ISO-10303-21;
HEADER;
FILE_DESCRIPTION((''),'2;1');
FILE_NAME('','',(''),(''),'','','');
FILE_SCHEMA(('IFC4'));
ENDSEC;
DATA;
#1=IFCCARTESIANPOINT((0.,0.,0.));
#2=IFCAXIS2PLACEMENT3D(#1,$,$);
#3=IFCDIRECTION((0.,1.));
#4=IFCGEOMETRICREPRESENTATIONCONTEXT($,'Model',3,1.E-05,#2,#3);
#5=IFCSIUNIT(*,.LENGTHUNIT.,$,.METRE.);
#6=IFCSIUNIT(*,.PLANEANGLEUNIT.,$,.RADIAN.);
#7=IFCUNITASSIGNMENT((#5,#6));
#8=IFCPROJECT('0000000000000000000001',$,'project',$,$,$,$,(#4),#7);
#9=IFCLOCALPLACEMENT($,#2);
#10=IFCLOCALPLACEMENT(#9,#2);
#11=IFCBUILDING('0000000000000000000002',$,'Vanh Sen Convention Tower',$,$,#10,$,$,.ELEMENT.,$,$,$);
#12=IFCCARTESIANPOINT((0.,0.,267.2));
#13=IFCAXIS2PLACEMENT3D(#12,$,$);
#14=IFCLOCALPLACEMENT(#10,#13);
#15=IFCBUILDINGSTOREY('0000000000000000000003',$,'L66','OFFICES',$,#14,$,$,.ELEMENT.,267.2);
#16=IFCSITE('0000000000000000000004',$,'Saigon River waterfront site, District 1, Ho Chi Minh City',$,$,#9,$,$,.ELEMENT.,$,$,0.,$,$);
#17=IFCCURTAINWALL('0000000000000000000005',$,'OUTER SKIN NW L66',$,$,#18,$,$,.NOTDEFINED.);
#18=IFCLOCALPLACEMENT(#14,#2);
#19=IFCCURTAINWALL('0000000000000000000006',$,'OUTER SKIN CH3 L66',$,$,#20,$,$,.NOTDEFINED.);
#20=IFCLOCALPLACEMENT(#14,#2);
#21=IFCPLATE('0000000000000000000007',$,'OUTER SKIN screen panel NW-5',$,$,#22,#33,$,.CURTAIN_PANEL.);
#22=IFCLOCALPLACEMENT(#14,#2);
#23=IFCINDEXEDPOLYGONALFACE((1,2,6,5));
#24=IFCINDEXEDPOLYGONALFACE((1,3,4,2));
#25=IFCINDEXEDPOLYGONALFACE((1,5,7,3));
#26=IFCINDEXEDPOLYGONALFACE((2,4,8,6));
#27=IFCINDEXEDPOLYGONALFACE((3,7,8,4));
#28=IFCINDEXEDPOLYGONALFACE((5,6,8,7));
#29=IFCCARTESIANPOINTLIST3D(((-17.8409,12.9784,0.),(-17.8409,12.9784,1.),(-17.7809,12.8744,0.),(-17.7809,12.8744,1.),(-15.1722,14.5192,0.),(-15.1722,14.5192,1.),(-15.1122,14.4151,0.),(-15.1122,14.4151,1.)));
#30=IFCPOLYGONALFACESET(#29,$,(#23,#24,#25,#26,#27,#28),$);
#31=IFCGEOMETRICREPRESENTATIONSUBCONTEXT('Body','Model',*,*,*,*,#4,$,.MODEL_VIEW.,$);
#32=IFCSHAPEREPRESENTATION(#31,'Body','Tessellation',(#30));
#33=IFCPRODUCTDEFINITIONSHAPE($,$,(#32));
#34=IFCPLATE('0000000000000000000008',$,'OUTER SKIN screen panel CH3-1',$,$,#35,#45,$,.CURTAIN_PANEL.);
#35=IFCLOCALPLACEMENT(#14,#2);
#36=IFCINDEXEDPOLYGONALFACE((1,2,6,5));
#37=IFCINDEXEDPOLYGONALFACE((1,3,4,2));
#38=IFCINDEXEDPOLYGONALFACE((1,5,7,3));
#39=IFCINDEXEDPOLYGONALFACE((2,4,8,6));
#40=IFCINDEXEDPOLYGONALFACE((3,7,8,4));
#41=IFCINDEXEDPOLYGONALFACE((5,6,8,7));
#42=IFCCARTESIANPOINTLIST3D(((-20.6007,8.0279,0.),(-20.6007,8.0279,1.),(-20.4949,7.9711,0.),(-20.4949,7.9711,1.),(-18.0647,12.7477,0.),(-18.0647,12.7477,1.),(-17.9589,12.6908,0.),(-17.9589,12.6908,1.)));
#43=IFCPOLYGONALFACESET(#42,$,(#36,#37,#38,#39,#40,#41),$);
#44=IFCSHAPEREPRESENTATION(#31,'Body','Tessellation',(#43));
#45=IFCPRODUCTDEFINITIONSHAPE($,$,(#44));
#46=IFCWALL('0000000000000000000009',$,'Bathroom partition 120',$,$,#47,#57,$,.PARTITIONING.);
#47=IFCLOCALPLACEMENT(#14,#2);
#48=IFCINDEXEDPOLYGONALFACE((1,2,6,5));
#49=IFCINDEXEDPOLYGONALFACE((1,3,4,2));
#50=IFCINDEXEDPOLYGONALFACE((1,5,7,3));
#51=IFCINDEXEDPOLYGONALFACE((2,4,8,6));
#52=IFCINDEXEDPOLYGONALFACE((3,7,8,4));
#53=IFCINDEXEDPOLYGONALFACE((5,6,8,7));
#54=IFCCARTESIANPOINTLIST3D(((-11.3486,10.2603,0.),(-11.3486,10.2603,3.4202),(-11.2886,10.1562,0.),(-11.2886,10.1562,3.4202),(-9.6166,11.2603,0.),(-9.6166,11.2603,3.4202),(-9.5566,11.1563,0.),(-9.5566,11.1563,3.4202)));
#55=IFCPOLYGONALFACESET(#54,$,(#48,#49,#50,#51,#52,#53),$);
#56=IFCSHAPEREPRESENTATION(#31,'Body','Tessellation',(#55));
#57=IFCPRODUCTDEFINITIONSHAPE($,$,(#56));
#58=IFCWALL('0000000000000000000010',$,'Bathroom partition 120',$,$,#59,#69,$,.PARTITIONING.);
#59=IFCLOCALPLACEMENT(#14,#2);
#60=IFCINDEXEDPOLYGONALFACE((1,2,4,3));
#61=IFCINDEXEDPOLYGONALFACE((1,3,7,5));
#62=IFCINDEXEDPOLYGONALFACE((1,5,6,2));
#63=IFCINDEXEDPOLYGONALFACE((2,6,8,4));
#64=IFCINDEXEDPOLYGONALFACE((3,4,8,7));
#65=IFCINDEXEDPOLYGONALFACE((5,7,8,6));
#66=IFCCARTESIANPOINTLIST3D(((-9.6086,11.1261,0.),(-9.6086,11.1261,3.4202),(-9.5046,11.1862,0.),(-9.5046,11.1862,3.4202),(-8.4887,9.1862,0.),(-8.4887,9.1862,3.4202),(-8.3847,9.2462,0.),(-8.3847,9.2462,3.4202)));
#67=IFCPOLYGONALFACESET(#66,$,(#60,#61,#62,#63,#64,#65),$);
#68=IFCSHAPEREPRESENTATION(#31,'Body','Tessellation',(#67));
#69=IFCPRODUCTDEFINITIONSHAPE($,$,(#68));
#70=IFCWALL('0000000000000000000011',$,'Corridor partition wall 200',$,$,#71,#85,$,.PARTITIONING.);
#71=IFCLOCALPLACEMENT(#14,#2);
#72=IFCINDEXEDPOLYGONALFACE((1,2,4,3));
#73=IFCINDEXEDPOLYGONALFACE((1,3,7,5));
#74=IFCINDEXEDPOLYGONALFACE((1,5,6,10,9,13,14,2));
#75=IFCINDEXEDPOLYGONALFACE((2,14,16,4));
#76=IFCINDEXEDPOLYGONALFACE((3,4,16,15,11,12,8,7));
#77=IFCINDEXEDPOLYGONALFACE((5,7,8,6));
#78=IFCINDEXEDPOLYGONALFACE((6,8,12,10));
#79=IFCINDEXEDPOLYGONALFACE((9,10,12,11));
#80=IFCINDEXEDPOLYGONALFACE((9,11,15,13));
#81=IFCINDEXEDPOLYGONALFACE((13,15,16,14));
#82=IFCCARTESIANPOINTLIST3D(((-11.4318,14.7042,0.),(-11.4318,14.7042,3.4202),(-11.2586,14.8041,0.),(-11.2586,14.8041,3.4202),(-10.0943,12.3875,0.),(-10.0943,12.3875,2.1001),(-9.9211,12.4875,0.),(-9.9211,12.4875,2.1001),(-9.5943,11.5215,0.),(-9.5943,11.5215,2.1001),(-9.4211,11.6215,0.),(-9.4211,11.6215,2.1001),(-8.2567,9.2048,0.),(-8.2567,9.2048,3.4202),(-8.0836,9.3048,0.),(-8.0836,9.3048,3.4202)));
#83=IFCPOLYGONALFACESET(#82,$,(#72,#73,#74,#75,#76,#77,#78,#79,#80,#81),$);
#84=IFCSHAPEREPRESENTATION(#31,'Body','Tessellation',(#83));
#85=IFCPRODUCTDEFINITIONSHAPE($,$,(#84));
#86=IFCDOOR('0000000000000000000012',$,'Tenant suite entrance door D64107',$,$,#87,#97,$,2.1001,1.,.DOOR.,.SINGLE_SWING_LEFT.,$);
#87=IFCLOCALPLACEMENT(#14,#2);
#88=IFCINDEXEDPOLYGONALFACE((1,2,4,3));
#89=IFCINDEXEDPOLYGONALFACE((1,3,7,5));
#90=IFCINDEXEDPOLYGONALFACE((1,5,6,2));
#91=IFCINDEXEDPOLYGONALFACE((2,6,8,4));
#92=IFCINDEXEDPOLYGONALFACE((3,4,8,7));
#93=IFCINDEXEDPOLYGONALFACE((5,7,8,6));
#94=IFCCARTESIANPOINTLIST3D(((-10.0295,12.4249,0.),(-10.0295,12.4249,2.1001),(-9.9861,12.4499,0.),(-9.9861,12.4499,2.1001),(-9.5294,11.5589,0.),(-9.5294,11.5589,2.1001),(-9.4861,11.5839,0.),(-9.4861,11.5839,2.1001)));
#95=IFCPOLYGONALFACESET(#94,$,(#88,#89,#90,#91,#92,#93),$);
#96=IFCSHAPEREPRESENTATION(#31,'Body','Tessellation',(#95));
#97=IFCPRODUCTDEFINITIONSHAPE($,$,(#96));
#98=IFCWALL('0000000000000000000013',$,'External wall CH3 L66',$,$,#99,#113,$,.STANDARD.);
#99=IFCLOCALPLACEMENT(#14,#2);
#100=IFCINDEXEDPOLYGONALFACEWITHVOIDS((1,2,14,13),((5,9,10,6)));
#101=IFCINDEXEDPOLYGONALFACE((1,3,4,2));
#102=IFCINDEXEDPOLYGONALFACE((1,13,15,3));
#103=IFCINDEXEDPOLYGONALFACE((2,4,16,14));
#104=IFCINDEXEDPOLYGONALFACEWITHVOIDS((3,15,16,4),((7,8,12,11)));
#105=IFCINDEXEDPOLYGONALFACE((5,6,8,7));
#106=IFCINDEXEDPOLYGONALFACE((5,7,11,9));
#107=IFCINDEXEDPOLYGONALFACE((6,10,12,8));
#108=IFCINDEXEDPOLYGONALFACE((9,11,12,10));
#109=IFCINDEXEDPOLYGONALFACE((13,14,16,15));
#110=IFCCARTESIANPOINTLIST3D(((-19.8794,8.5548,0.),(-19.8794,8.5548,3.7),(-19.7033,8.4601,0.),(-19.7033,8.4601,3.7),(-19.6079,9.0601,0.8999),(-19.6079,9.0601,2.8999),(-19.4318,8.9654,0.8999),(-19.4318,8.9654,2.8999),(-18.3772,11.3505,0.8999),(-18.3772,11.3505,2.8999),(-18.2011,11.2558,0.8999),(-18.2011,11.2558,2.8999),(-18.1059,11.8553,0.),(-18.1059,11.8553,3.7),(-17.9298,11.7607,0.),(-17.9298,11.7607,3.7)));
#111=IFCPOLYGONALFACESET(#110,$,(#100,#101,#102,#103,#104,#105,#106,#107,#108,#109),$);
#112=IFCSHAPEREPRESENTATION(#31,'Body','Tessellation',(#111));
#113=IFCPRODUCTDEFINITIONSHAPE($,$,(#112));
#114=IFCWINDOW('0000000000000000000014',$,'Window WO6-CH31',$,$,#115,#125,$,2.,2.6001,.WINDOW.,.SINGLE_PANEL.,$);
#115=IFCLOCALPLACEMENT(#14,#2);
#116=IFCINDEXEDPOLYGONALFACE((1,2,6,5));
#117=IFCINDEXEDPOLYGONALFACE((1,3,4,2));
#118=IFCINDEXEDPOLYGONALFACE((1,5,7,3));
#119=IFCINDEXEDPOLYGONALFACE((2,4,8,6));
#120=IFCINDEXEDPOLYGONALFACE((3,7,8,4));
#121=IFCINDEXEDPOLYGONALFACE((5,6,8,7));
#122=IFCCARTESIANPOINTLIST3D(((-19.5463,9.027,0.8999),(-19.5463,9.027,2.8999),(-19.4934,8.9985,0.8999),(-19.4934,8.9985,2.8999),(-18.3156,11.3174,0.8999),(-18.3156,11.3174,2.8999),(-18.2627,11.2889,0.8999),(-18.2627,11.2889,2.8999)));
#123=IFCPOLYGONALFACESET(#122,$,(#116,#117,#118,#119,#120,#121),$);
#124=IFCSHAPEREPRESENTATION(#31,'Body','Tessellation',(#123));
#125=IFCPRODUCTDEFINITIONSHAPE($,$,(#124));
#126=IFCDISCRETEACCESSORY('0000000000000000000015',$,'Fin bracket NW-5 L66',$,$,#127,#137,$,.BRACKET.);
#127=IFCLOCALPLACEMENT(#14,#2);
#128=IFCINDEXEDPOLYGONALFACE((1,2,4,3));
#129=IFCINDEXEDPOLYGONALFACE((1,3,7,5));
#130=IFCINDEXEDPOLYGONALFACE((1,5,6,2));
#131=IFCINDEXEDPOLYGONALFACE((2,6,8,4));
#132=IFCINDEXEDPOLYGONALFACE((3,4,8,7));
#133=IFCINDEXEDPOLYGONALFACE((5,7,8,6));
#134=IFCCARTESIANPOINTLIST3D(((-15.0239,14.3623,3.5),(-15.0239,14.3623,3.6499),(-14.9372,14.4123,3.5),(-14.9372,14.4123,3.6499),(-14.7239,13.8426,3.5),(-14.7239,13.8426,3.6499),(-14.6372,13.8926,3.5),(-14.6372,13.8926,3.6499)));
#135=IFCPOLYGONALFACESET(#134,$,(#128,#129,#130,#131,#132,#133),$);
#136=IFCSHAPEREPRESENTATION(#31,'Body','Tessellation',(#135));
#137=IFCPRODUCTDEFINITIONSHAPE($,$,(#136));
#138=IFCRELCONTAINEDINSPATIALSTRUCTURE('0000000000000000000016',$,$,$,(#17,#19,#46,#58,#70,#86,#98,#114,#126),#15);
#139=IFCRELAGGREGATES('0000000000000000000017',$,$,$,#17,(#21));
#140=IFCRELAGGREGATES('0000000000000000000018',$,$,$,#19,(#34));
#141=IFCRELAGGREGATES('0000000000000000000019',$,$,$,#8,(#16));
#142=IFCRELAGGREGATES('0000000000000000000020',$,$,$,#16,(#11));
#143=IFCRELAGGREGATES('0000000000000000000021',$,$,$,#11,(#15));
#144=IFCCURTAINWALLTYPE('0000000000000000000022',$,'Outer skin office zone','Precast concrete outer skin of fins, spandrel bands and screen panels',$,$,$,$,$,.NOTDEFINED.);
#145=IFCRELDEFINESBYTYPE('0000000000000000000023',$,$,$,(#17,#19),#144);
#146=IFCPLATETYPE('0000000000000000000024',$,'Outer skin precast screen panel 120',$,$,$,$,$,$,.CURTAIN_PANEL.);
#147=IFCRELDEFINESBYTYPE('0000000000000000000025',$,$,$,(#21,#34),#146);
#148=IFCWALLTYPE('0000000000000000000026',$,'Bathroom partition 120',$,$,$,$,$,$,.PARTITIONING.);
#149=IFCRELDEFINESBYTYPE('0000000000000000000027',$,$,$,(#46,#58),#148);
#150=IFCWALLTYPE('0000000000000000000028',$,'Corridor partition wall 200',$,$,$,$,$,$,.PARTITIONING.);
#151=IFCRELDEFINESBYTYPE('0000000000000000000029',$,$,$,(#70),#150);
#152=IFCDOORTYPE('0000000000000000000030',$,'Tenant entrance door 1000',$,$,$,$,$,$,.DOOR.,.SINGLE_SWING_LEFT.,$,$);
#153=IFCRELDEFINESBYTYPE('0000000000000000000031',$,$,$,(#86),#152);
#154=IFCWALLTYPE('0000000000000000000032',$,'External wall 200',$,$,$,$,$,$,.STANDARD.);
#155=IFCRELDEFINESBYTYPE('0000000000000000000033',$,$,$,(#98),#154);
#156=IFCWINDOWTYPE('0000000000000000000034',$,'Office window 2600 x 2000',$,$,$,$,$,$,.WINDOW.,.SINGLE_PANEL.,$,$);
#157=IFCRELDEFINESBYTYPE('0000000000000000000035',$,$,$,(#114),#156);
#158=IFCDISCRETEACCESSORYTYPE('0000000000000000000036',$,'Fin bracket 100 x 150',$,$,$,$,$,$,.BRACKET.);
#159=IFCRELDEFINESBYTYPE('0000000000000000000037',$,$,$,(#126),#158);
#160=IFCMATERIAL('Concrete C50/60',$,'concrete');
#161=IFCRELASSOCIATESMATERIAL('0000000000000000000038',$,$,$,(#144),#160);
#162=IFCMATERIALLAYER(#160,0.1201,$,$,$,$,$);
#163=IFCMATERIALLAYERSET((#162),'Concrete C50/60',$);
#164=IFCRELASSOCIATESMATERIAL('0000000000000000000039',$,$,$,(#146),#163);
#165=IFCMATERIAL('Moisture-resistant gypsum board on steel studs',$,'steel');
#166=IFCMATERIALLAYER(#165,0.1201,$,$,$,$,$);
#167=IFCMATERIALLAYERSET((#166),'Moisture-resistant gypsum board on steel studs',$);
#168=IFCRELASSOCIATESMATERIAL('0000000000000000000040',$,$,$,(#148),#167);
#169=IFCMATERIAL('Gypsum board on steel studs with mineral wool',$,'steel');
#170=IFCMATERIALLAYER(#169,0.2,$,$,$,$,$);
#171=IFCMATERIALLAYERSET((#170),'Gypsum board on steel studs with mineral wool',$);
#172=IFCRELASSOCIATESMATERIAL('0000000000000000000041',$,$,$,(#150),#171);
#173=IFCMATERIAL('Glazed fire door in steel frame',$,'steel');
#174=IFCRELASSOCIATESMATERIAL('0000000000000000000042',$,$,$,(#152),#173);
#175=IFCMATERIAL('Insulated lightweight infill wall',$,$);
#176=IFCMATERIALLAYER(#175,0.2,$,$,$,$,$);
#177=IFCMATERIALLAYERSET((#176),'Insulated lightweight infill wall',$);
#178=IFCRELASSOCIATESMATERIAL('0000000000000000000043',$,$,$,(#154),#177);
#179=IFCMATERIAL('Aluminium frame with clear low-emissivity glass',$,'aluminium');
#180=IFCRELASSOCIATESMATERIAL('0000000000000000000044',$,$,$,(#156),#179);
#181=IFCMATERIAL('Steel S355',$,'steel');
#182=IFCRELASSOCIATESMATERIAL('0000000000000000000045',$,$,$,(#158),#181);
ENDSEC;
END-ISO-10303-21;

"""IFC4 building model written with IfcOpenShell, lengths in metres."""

from ifc_helpers import new_model, si_unit, direction, frame, frame_2d, origin, origin_2d, place, context, subcontext, project, spatial, rectangle, extrude, material, layer, layer_set, type_object, element, fill, aggregate, save


model = new_model("IFC4")

# Units and contexts
model_context = context("Model", 3, precision=1e-05, world=origin(), true_north=direction((0.0, 1.0)))
body_context = subcontext(model_context, "Body", "Model", "MODEL_VIEW")
ifc_project = project(units=[si_unit("LENGTHUNIT", "METRE"), si_unit("PLANEANGLEUNIT", "RADIAN")], contexts=[model_context])

# Site, building, storey
site_placement = place(None, origin())
site = spatial("IfcSite", under=ifc_project, at=site_placement, Name="Saigon River waterfront site, District 1, Ho Chi Minh City", CompositionType="ELEMENT", RefElevation=0.0)
building_placement = place(site_placement, origin())
building = spatial("IfcBuilding", under=site, at=building_placement, Name="Vanh Sen Convention Tower", CompositionType="ELEMENT")
storey_placement = place(building_placement, frame((0.0, 0.0, 267.2)))
storey = spatial("IfcBuildingStorey", under=building, at=storey_placement, Name="L66", Description="OFFICES", CompositionType="ELEMENT", Elevation=267.2)

# Curtain wall
ifc_material_1 = material(Name="Concrete C50/60", Category="concrete")
curtain_wall_type = type_object("IfcCurtainWallType", Name="Outer skin office zone", Description="Precast concrete outer skin of fins, spandrel bands and screen panels", PredefinedType="NOTDEFINED", material=ifc_material_1)
curtain_wall_1_placement = place(storey_placement, origin())
curtain_wall_1 = element("IfcCurtainWall", 1, at=curtain_wall_1_placement, inside=storey, type_object=curtain_wall_type, Name="OUTER SKIN NW L66", PredefinedType="NOTDEFINED")

# Curtain wall
curtain_wall_2_placement = place(storey_placement, origin())
curtain_wall_2 = element("IfcCurtainWall", 2, at=curtain_wall_2_placement, inside=storey, type_object=curtain_wall_type, Name="OUTER SKIN CH3 L66", PredefinedType="NOTDEFINED")

# Plates
ifc_layer_1 = layer(ifc_material_1, 0.1201)
ifc_layer_set_1 = layer_set([ifc_layer_1], Name="Concrete C50/60")
plate_type = type_object("IfcPlateType", Name="Outer skin precast screen panel 120", PredefinedType="CURTAIN_PANEL", material=ifc_layer_set_1)
plate_1_placement = place(storey_placement, frame((-16.4766, 13.6968, 0.0), z_axis=(0.0, 0.0, 1.0), x_axis=(-0.866029, -0.499994, 0.0)))
plate_1 = element("IfcPlate", 3, at=plate_1_placement, type_object=plate_type, Name="OUTER SKIN screen panel NW-5", PredefinedType="CURTAIN_PANEL", context=body_context, shape_type="SweptSolid", body=[
    extrude(rectangle(XDim=3.0815, YDim=0.1201, at=origin_2d()), origin(), (0.0, 0.0, 1.0), 1.0),
])
aggregate(curtain_wall_1, [plate_1])
plate_2_placement = place(storey_placement, frame((-19.2798, 10.3594, 0.0), z_axis=(0.0, 0.0, 1.0), x_axis=(-0.473324, -0.880888, 0.0)))
plate_2 = element("IfcPlate", 4, at=plate_2_placement, type_object=plate_type, Name="OUTER SKIN screen panel CH3-1", PredefinedType="CURTAIN_PANEL", context=body_context, shape_type="SweptSolid", body=[
    extrude(rectangle(XDim=5.3579, YDim=0.1201, at=origin_2d()), origin(), (0.0, 0.0, 1.0), 1.0),
])
aggregate(curtain_wall_2, [plate_2])

# Walls
ifc_material_2 = material(Name="Moisture-resistant gypsum board on steel studs", Category="steel")
ifc_layer_2 = layer(ifc_material_2, 0.1201)
ifc_layer_set_2 = layer_set([ifc_layer_2], Name="Moisture-resistant gypsum board on steel studs")
wall_type_1 = type_object("IfcWallType", Name="Bathroom partition 120", PredefinedType="PARTITIONING", material=ifc_layer_set_2)
wall_1_placement = place(storey_placement, frame((-11.3186, 10.2083, 0.0), z_axis=(0.0, 0.0, 1.0), x_axis=(0.866011, 0.500025, 0.0)))
element("IfcWall", 5, at=wall_1_placement, inside=storey, type_object=wall_type_1, Name="Bathroom partition 120", PredefinedType="PARTITIONING", context=body_context, shape_type="SweptSolid", body=[
    extrude(rectangle(XDim=2.0, YDim=0.1201, at=frame_2d((1.0, 0.0))), origin(), (0.0, 0.0, 1.0), 3.4202),
])
wall_2_placement = place(storey_placement, frame((-9.5566, 11.1562, 0.0), z_axis=(0.0, 0.0, 1.0), x_axis=(0.499949, -0.866055, 0.0)))
element("IfcWall", 6, at=wall_2_placement, inside=storey, type_object=wall_type_1, Name="Bathroom partition 120", PredefinedType="PARTITIONING", context=body_context, shape_type="SweptSolid", body=[
    extrude(rectangle(XDim=2.24, YDim=0.1201, at=frame_2d((1.1201, 0.0))), origin(), (0.0, 0.0, 1.0), 3.4202),
])

# Wall, opening, door
ifc_material_3 = material(Name="Gypsum board on steel studs with mineral wool", Category="steel")
ifc_layer_3 = layer(ifc_material_3, 0.2)
ifc_layer_set_3 = layer_set([ifc_layer_3], Name="Gypsum board on steel studs with mineral wool")
wall_type_2 = type_object("IfcWallType", Name="Corridor partition wall 200", PredefinedType="PARTITIONING", material=ifc_layer_set_3)
wall_3_placement = place(storey_placement, frame((-11.3452, 14.7542, 0.0), z_axis=(0.0, 0.0, 1.0), x_axis=(0.500005, -0.866022, 0.0)))
wall_3 = element("IfcWall", 7, at=wall_3_placement, inside=storey, type_object=wall_type_2, Name="Corridor partition wall 200", PredefinedType="PARTITIONING", context=body_context, shape_type="SweptSolid", body=[
    extrude(rectangle(XDim=6.3501, YDim=0.2, at=frame_2d((3.175, 0.0))), origin(), (0.0, 0.0, 1.0), 3.4202),
])
opening_1_placement = place(wall_3_placement, frame((2.675, 0.0, 0.0)))
opening_1 = element("IfcOpeningElement", 8, at=opening_1_placement, cuts=wall_3, PredefinedType="OPENING", context=body_context, shape_type="SweptSolid", body=[
    extrude(rectangle(XDim=1.0, YDim=2.1001, at=frame_2d((0.5, 1.05))), frame((0.0, 0.1099, 0.0), z_axis=(0.0, -1.0, 0.0), x_axis=(1.0, 0.0, 0.0)), (0.0, 0.0, 1.0), 0.22),
])
ifc_material_4 = material(Name="Glazed fire door in steel frame", Category="steel")
door_type = type_object("IfcDoorType", Name="Tenant entrance door 1000", OperationType="SINGLE_SWING_LEFT", PredefinedType="DOOR", material=ifc_material_4)
door_placement = place(opening_1_placement, origin())
door = element("IfcDoor", 9, at=door_placement, inside=storey, type_object=door_type, Name="Tenant suite entrance door D64107", OperationType="SINGLE_SWING_LEFT", OverallHeight=2.1001, OverallWidth=1.0, PredefinedType="DOOR", context=body_context, shape_type="SweptSolid", body=[
    extrude(rectangle(XDim=1.0, YDim=2.1001, at=frame_2d((0.5, 1.05))), frame((0.0, 0.0249, 0.0), z_axis=(0.0, -1.0, 0.0), x_axis=(1.0, 0.0, 0.0)), (0.0, 0.0, 1.0), 0.05),
])
fill(opening_1, door)

# Wall, opening, window
ifc_material_5 = material(Name="Insulated lightweight infill wall")
ifc_layer_4 = layer(ifc_material_5, 0.2)
ifc_layer_set_4 = layer_set([ifc_layer_4], Name="Insulated lightweight infill wall")
wall_type_3 = type_object("IfcWallType", Name="External wall 200", PredefinedType="STANDARD", material=ifc_layer_set_4)
wall_4_placement = place(storey_placement, frame((-18.0178, 11.8081, 0.0), z_axis=(0.0, 0.0, 1.0), x_axis=(-0.473319, -0.880891, 0.0)))
wall_4 = element("IfcWall", 10, at=wall_4_placement, inside=storey, type_object=wall_type_3, Name="External wall CH3 L66", PredefinedType="STANDARD", context=body_context, shape_type="SweptSolid", body=[
    extrude(rectangle(XDim=3.7468, YDim=0.2, at=frame_2d((1.8735, 0.0))), origin(), (0.0, 0.0, 1.0), 3.7),
])
opening_2_placement = place(wall_4_placement, frame((0.5732, 0.0, 0.8999)))
opening_2 = element("IfcOpeningElement", 11, at=opening_2_placement, cuts=wall_4, PredefinedType="OPENING", context=body_context, shape_type="SweptSolid", body=[
    extrude(rectangle(XDim=2.6001, YDim=2.0, at=frame_2d((1.3, 1.0))), frame((0.0, 0.1099, 0.0), z_axis=(0.0, -1.0, 0.0), x_axis=(1.0, 0.0, 0.0)), (0.0, 0.0, 1.0), 0.22),
])
ifc_material_6 = material(Name="Aluminium frame with clear low-emissivity glass", Category="aluminium")
window_type = type_object("IfcWindowType", Name="Office window 2600 x 2000", PartitioningType="SINGLE_PANEL", PredefinedType="WINDOW", material=ifc_material_6)
window_placement = place(opening_2_placement, origin())
window = element("IfcWindow", 12, at=window_placement, inside=storey, type_object=window_type, Name="Window WO6-CH31", OverallHeight=2.0, OverallWidth=2.6001, PartitioningType="SINGLE_PANEL", PredefinedType="WINDOW", context=body_context, shape_type="SweptSolid", body=[
    extrude(rectangle(XDim=2.6001, YDim=2.0, at=frame_2d((1.3, 1.0))), frame((0.0, 0.03, 0.0), z_axis=(0.0, -1.0, 0.0), x_axis=(1.0, 0.0, 0.0)), (0.0, 0.0, 1.0), 0.0601),
])
fill(opening_2, window)

# Discrete accessory
ifc_material_7 = material(Name="Steel S355", Category="steel")
discrete_accessory_type = type_object("IfcDiscreteAccessoryType", Name="Fin bracket 100 x 150", PredefinedType="BRACKET", material=ifc_material_7)
discrete_accessory_placement = place(storey_placement, frame((-14.8306, 14.1274, 3.5), z_axis=(0.0, 0.0, 1.0), x_axis=(-0.5, 0.866025, 0.0)))
element("IfcDiscreteAccessory", 13, at=discrete_accessory_placement, inside=storey, type_object=discrete_accessory_type, Name="Fin bracket NW-5 L66", PredefinedType="BRACKET", context=body_context, shape_type="SweptSolid", body=[
    extrude(rectangle(XDim=0.6001, YDim=0.1001, at=origin_2d()), origin(), (0.0, 0.0, 1.0), 0.1499),
])

save(model, "model.ifc")
